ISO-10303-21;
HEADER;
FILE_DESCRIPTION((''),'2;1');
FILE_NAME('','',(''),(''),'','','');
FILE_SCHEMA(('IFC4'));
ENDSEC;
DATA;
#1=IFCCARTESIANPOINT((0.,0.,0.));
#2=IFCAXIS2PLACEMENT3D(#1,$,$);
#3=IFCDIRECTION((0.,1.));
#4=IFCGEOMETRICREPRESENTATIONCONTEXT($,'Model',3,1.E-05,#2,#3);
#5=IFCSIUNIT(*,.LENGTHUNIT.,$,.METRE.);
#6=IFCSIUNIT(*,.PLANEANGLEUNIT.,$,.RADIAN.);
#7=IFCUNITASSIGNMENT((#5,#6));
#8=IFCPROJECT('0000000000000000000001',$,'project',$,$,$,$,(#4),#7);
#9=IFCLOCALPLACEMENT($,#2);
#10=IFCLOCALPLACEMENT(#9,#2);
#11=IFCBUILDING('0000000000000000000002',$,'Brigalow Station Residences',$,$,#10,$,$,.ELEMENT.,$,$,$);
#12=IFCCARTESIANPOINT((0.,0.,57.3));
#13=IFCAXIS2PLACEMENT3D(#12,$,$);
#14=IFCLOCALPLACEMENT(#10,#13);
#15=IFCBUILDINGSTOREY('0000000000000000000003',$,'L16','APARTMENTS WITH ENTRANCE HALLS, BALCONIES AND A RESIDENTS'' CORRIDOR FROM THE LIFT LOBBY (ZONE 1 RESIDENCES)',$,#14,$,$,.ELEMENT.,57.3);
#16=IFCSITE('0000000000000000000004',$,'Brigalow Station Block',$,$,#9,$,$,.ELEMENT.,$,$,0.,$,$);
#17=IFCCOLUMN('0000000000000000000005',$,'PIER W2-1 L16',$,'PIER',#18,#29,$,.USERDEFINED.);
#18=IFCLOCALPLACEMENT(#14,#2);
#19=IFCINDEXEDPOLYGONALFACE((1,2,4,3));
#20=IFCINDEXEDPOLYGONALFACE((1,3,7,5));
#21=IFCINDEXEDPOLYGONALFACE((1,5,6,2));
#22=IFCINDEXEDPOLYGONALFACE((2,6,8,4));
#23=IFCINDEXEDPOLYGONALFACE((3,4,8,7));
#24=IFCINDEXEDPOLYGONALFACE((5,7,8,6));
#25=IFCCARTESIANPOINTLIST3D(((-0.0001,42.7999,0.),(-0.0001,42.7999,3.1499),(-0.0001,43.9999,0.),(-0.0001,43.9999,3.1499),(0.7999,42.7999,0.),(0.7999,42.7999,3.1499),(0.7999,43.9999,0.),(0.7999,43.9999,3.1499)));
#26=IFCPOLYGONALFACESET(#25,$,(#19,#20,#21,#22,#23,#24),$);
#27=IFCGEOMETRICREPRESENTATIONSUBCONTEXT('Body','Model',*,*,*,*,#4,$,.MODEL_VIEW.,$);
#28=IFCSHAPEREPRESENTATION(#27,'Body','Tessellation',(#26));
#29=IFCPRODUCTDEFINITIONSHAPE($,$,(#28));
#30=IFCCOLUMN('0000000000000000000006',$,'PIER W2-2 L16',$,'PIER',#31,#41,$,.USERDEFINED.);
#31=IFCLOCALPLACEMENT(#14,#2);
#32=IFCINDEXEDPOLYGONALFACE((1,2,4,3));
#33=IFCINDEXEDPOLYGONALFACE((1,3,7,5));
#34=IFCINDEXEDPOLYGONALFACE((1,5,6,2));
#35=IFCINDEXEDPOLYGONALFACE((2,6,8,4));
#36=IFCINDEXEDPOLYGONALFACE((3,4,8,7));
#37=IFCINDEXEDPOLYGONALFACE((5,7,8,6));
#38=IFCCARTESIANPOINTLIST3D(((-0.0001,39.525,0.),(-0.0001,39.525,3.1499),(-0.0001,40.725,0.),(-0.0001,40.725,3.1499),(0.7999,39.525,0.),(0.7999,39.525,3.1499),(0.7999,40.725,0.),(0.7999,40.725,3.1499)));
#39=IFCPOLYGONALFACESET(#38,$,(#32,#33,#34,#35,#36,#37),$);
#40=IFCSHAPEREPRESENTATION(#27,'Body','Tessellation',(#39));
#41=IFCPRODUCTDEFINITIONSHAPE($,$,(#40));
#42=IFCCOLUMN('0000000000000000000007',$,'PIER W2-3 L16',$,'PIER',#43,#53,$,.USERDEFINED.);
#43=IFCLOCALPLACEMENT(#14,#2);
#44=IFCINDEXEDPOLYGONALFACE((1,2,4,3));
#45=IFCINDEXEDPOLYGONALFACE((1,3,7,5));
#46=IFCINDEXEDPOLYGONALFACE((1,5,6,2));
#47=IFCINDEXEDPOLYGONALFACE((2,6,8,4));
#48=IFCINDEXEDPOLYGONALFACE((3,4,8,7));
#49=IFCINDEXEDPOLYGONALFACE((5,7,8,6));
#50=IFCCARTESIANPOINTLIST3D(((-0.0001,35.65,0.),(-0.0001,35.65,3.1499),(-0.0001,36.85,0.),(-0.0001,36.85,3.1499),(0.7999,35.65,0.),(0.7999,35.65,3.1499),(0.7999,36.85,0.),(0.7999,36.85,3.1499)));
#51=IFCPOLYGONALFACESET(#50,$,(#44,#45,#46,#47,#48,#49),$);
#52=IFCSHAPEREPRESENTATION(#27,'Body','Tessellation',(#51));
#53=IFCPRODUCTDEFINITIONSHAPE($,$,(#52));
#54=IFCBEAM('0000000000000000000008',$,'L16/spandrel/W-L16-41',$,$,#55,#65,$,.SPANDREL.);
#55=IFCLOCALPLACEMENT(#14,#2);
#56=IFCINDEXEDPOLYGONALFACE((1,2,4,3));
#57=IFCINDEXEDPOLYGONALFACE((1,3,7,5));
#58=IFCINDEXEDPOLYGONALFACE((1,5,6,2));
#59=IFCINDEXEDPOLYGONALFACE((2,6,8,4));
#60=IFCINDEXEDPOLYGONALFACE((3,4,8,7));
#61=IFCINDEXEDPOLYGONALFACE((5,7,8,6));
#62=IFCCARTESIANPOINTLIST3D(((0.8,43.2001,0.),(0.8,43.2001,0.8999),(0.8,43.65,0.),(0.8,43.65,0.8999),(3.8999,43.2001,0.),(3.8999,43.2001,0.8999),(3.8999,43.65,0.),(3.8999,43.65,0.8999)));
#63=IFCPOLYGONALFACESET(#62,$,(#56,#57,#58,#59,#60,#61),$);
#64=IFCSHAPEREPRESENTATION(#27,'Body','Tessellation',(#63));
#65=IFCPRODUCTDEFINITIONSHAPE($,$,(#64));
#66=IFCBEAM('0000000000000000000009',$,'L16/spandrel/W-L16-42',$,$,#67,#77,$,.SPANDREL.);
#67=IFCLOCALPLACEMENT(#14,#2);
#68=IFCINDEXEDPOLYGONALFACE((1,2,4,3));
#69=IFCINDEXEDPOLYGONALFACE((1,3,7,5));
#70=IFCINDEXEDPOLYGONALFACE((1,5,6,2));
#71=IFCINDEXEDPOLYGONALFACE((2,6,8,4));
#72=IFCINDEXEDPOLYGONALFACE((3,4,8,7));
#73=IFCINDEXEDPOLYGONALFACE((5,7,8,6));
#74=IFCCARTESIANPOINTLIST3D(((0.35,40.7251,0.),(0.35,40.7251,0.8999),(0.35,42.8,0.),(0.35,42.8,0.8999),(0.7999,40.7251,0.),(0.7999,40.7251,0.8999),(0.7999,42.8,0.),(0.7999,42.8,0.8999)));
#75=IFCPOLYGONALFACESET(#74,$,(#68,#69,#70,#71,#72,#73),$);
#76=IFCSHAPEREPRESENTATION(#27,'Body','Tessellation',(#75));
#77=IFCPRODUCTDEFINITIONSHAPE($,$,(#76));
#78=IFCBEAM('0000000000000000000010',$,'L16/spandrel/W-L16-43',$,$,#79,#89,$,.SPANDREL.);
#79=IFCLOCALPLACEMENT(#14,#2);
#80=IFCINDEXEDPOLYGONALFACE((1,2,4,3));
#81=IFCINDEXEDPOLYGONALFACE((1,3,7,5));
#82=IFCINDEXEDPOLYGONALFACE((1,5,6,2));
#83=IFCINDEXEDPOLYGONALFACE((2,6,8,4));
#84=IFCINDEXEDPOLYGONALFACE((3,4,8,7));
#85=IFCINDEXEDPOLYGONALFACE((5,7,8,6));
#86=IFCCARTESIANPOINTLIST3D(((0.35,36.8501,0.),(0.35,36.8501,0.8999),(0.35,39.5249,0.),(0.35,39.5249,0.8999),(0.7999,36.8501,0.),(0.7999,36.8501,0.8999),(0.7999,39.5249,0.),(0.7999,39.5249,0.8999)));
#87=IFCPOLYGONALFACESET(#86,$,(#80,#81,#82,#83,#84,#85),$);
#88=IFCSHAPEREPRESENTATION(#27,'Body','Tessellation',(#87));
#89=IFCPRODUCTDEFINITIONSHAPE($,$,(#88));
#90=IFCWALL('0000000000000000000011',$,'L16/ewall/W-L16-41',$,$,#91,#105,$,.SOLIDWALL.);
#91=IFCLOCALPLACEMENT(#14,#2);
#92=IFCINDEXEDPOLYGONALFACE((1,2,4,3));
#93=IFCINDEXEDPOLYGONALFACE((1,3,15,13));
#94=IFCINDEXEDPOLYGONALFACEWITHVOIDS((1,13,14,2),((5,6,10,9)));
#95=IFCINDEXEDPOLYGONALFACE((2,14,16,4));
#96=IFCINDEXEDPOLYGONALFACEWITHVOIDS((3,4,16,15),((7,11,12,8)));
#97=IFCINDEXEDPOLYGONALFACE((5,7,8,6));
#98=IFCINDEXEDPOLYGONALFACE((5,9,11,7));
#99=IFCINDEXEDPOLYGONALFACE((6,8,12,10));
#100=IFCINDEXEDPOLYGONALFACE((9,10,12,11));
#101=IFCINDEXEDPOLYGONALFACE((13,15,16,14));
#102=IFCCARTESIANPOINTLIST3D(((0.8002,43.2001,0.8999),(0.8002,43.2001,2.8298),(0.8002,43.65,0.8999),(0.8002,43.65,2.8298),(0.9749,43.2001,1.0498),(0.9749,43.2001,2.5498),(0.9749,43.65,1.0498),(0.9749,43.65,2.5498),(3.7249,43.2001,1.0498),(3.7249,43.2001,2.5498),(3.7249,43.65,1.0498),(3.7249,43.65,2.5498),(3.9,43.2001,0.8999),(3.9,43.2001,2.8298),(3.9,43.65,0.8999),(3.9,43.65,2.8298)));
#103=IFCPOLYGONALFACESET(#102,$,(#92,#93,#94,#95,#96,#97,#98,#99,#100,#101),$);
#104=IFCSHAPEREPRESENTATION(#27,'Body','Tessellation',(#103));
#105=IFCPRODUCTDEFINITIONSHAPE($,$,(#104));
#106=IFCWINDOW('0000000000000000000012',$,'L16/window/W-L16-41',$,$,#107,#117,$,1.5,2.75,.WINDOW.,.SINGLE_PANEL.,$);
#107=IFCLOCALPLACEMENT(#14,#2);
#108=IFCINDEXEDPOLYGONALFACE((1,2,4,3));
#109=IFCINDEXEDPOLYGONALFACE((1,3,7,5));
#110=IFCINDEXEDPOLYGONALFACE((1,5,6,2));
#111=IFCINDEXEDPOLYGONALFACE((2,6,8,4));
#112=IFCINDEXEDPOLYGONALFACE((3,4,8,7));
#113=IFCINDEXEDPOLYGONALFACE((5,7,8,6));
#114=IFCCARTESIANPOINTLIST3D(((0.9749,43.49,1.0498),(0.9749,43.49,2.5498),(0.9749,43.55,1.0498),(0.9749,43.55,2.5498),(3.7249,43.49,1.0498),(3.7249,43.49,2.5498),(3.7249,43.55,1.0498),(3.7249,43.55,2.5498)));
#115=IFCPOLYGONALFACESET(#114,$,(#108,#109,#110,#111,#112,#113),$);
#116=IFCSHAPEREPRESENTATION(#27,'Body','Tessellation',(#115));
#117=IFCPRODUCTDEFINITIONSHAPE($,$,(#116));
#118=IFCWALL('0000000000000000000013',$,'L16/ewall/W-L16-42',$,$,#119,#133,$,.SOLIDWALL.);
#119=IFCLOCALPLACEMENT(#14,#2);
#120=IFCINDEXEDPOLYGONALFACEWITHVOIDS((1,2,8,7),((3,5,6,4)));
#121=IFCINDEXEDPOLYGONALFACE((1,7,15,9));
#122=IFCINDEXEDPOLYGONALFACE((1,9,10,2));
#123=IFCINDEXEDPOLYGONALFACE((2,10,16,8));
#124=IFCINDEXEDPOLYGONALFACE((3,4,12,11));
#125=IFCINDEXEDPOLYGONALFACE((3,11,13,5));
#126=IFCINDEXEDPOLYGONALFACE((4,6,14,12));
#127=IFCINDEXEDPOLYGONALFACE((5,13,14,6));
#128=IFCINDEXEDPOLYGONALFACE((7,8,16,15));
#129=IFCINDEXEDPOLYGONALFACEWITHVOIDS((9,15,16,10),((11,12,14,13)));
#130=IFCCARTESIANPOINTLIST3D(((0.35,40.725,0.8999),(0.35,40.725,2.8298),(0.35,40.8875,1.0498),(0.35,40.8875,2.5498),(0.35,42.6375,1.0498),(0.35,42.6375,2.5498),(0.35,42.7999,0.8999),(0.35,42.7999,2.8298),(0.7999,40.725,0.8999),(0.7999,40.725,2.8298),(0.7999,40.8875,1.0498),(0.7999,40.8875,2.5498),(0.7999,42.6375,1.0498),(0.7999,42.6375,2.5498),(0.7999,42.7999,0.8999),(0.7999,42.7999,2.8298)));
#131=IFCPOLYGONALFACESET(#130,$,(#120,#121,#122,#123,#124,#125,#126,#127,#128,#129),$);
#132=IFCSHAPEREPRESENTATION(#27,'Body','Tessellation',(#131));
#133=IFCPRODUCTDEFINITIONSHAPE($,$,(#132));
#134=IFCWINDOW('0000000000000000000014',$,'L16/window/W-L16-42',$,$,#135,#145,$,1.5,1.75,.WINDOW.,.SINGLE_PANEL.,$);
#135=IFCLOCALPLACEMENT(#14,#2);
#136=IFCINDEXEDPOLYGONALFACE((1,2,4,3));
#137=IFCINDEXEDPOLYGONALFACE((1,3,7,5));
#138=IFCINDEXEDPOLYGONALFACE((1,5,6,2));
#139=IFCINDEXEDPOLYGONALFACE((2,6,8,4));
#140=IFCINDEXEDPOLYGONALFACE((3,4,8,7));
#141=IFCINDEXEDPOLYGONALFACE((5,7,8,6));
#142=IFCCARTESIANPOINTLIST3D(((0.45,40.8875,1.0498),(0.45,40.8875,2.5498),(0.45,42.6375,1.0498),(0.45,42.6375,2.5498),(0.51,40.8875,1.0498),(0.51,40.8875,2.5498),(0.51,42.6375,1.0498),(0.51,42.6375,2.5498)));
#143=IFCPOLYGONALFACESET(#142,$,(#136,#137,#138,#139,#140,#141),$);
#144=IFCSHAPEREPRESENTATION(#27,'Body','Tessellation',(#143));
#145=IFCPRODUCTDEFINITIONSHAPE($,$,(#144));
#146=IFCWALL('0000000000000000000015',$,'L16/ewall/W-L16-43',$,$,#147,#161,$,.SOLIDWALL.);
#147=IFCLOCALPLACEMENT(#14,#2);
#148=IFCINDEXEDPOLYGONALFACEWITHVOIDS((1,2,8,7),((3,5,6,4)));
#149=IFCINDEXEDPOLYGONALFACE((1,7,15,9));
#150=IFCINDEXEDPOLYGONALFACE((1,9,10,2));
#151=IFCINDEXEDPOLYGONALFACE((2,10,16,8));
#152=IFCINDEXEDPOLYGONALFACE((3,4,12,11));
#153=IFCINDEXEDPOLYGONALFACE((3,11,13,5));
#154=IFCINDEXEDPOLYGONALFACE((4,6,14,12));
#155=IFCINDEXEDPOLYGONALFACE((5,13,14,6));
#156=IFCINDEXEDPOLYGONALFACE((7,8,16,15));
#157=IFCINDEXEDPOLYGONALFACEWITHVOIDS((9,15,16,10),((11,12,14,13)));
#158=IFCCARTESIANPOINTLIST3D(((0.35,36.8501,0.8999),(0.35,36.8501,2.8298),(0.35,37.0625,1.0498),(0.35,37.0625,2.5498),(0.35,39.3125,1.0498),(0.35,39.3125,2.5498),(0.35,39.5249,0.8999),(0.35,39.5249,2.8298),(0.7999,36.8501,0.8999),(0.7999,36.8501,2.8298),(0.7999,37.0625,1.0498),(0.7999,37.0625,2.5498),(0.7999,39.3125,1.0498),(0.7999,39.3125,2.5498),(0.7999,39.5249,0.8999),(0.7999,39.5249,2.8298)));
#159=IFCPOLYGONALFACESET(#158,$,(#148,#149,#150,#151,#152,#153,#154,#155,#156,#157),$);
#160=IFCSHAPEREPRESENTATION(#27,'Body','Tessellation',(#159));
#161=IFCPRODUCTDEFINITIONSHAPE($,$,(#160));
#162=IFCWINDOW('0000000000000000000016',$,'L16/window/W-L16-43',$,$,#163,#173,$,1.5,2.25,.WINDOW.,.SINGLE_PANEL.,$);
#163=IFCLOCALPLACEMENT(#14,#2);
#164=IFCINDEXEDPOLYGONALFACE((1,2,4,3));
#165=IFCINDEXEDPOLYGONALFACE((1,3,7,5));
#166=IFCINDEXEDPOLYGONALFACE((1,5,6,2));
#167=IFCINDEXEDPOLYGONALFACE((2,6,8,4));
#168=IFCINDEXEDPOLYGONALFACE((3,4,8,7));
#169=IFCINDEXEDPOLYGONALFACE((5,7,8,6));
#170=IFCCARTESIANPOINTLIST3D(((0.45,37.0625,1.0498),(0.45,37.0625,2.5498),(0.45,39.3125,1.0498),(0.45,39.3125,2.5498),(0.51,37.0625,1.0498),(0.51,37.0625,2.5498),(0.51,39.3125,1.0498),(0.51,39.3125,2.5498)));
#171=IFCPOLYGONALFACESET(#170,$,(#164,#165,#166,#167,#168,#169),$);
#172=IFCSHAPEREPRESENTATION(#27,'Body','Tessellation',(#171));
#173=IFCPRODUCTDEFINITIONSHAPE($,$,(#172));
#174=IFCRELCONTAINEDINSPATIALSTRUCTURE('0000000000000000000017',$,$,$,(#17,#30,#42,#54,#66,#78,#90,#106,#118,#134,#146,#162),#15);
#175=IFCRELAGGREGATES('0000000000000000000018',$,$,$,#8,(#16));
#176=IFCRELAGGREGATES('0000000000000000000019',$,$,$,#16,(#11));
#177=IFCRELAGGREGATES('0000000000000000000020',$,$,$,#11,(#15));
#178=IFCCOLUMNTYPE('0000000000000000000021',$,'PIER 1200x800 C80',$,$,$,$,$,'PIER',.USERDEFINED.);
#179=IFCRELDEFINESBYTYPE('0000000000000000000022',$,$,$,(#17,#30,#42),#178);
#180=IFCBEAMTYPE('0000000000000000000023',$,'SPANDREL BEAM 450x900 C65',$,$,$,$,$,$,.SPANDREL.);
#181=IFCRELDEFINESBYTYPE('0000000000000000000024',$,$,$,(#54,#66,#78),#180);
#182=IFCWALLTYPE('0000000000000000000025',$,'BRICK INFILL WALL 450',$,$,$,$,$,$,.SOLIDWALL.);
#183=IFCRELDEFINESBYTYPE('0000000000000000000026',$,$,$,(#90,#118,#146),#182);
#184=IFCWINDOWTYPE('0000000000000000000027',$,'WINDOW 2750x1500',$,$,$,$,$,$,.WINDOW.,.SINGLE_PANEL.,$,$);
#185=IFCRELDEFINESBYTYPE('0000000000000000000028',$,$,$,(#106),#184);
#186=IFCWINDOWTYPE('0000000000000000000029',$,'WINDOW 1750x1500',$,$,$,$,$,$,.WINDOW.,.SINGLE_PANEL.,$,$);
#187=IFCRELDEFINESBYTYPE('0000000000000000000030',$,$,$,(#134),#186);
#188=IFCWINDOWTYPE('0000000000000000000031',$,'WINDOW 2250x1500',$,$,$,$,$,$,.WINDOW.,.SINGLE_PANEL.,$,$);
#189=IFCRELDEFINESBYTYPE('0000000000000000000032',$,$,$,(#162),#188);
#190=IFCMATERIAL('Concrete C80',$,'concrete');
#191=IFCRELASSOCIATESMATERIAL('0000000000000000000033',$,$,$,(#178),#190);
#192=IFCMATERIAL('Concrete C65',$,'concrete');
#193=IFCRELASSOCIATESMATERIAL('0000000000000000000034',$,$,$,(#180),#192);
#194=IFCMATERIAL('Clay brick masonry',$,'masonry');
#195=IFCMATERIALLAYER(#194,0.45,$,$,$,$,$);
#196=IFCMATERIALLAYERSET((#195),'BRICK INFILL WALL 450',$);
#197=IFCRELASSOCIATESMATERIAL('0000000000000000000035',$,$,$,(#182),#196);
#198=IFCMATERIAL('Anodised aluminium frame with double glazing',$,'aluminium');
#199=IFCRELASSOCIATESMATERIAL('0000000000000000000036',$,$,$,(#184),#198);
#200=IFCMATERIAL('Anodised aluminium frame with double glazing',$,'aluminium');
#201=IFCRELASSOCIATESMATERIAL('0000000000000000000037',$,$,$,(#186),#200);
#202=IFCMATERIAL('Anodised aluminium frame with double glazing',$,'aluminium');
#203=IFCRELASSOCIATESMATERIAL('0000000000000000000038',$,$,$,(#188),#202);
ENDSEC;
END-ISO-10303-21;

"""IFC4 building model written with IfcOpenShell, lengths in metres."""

from ifc_helpers import new_model, si_unit, direction, frame, frame_2d, origin, origin_2d, place, context, subcontext, project, spatial, rectangle, extrude, material, layer, layer_set, material_profile, profile_set, type_object, element, fill, save


model = new_model("IFC4")

# Units and contexts
model_context = context("Model", 3, precision=1e-05, world=origin(), true_north=direction((0.0, 1.0)))
body_context = subcontext(model_context, "Body", "Model", "MODEL_VIEW")
ifc_project = project(units=[si_unit("LENGTHUNIT", "METRE"), si_unit("PLANEANGLEUNIT", "RADIAN")], contexts=[model_context])

# Site, building, storey
site_placement = place(None, origin())
site = spatial("IfcSite", under=ifc_project, at=site_placement, Name="Brigalow Station Block", CompositionType="ELEMENT", RefElevation=0.0)
building_placement = place(site_placement, origin())
building = spatial("IfcBuilding", under=site, at=building_placement, Name="Brigalow Station Residences", CompositionType="ELEMENT")
storey_placement = place(building_placement, frame((0.0, 0.0, 57.3)))
storey = spatial("IfcBuildingStorey", under=building, at=storey_placement, Name="L16", Description="APARTMENTS WITH ENTRANCE HALLS, BALCONIES AND A RESIDENTS' CORRIDOR FROM THE LIFT LOBBY (ZONE 1 RESIDENCES)", CompositionType="ELEMENT", Elevation=57.3)

# Columns
ifc_material_1 = material(Name="Concrete C80", Category="concrete")
ifc_material_profile_1 = material_profile(ifc_material_1, rectangle(XDim=1.2, YDim=0.8, at=origin_2d()), Name="RC1200x800")
ifc_profile_set_1 = profile_set([ifc_material_profile_1], Name="Concrete C80")
column_type = type_object("IfcColumnType", Name="PIER 1200x800 C80", ElementType="PIER", PredefinedType="USERDEFINED", material=ifc_profile_set_1)
for number, where, z_axis, x_axis, name in (
    (1, (0.3999, 43.3999, 0.0), (0.0, 0.0, 1.0), (0.0, -1.0, 0.0), "PIER W2-1 L16"),
    (2, (0.3999, 40.125, 0.0), (0.0, 0.0, 1.0), (0.0, -1.0, 0.0), "PIER W2-2 L16"),
    (3, (0.3999, 36.25, 0.0), (0.0, 0.0, 1.0), (0.0, -1.0, 0.0), "PIER W2-3 L16"),
):
    element("IfcColumn", number, at=place(storey_placement, frame(where, z_axis=z_axis, x_axis=x_axis)), inside=storey, type_object=column_type, Name=name, ObjectType="PIER", PredefinedType="USERDEFINED", context=body_context, shape_type="SweptSolid", body=[
        extrude(rectangle(XDim=1.2, YDim=0.8, at=origin_2d()), origin(), (0.0, 0.0, 1.0), 3.1499),
    ])

# Beams
ifc_material_2 = material(Name="Concrete C65", Category="concrete")
ifc_material_profile_2 = material_profile(ifc_material_2, rectangle(XDim=0.45, YDim=0.8999, at=origin_2d()), Name="RC450x900")
ifc_profile_set_2 = profile_set([ifc_material_profile_2], Name="Concrete C65")
beam_type = type_object("IfcBeamType", Name="SPANDREL BEAM 450x900 C65", PredefinedType="SPANDREL", material=ifc_profile_set_2)
beam_1_placement = place(storey_placement, frame((3.8999, 43.425, 0.45), z_axis=(-1.0, 0.0, 0.0), x_axis=(0.0, -1.0, 0.0)))
element("IfcBeam", 4, at=beam_1_placement, inside=storey, type_object=beam_type, Name="L16/spandrel/W-L16-41", PredefinedType="SPANDREL", context=body_context, shape_type="SweptSolid", body=[
    extrude(rectangle(XDim=0.45, YDim=0.8999, at=origin_2d()), origin(), (0.0, 0.0, 1.0), 3.0999),
])
beam_2_placement = place(storey_placement, frame((0.575, 42.8, 0.45), z_axis=(0.0, -1.0, 0.0), x_axis=(1.0, 0.0, 0.0)))
element("IfcBeam", 5, at=beam_2_placement, inside=storey, type_object=beam_type, Name="L16/spandrel/W-L16-42", PredefinedType="SPANDREL", context=body_context, shape_type="SweptSolid", body=[
    extrude(rectangle(XDim=0.45, YDim=0.8999, at=origin_2d()), origin(), (0.0, 0.0, 1.0), 2.075),
])
beam_3_placement = place(storey_placement, frame((0.575, 39.5249, 0.45), z_axis=(0.0, -1.0, 0.0), x_axis=(1.0, 0.0, 0.0)))
element("IfcBeam", 6, at=beam_3_placement, inside=storey, type_object=beam_type, Name="L16/spandrel/W-L16-43", PredefinedType="SPANDREL", context=body_context, shape_type="SweptSolid", body=[
    extrude(rectangle(XDim=0.45, YDim=0.8999, at=origin_2d()), origin(), (0.0, 0.0, 1.0), 2.6748),
])

# Walls, openings, windows
ifc_material_3 = material(Name="Clay brick masonry", Category="masonry")
ifc_layer_1 = layer(ifc_material_3, 0.45)
ifc_layer_set_1 = layer_set([ifc_layer_1], Name="BRICK INFILL WALL 450")
wall_type_1 = type_object("IfcWallType", Name="BRICK INFILL WALL 450", PredefinedType="SOLIDWALL", material=ifc_layer_set_1)
wall_1_placement = place(storey_placement, frame((3.8999, 43.425, 0.8999), z_axis=(0.0, 0.0, 1.0), x_axis=(-1.0, 0.0, 0.0)))
wall_1 = element("IfcWall", 7, at=wall_1_placement, inside=storey, type_object=wall_type_1, Name="L16/ewall/W-L16-41", PredefinedType="SOLIDWALL", context=body_context, shape_type="SweptSolid", body=[
    extrude(rectangle(XDim=3.0999, YDim=0.45, at=frame_2d((1.5498, 0.0))), origin(), (0.0, 0.0, 1.0), 1.9299),
])
opening_1_placement = place(wall_1_placement, frame((0.175, 0.0, 0.1499)))
opening_1 = element("IfcOpeningElement", 8, at=opening_1_placement, cuts=wall_1, PredefinedType="OPENING", context=body_context, shape_type="SweptSolid", body=[
    extrude(rectangle(XDim=2.75, YDim=1.5, at=frame_2d((1.375, 0.75))), frame((0.0, 0.2349, 0.0), z_axis=(0.0, -1.0, 0.0), x_axis=(1.0, 0.0, 0.0)), (0.0, 0.0, 1.0), 0.47),
])
ifc_material_4 = material(Name="Anodised aluminium frame with double glazing", Category="aluminium")
window_type_1 = type_object("IfcWindowType", Name="WINDOW 2750x1500", PartitioningType="SINGLE_PANEL", PredefinedType="WINDOW", material=ifc_material_4)
window_1_placement = place(opening_1_placement, origin())
window_1 = element("IfcWindow", 9, at=window_1_placement, inside=storey, type_object=window_type_1, Name="L16/window/W-L16-41", OverallHeight=1.5, OverallWidth=2.75, PartitioningType="SINGLE_PANEL", PredefinedType="WINDOW", context=body_context, shape_type="SweptSolid", body=[
    extrude(rectangle(XDim=2.75, YDim=1.5, at=frame_2d((1.375, 0.75))), frame((0.0, -0.0649, 0.0), z_axis=(0.0, -1.0, 0.0), x_axis=(1.0, 0.0, 0.0)), (0.0, 0.0, 1.0), 0.0601),
])
fill(opening_1, window_1)
wall_2_placement = place(storey_placement, frame((0.575, 42.8, 0.8999), z_axis=(0.0, 0.0, 1.0), x_axis=(0.0, -1.0, 0.0)))
wall_2 = element("IfcWall", 10, at=wall_2_placement, inside=storey, type_object=wall_type_1, Name="L16/ewall/W-L16-42", PredefinedType="SOLIDWALL", context=body_context, shape_type="SweptSolid", body=[
    extrude(rectangle(XDim=2.075, YDim=0.45, at=frame_2d((1.0376, 0.0))), origin(), (0.0, 0.0, 1.0), 1.9299),
])
opening_2_placement = place(wall_2_placement, frame((0.1626, 0.0, 0.1499)))
opening_2 = element("IfcOpeningElement", 11, at=opening_2_placement, cuts=wall_2, PredefinedType="OPENING", context=body_context, shape_type="SweptSolid", body=[
    extrude(rectangle(XDim=1.75, YDim=1.5, at=frame_2d((0.875, 0.75))), frame((0.0, 0.2349, 0.0), z_axis=(0.0, -1.0, 0.0), x_axis=(1.0, 0.0, 0.0)), (0.0, 0.0, 1.0), 0.47),
])
ifc_material_5 = material(Name="Anodised aluminium frame with double glazing", Category="aluminium")
window_type_2 = type_object("IfcWindowType", Name="WINDOW 1750x1500", PartitioningType="SINGLE_PANEL", PredefinedType="WINDOW", material=ifc_material_5)
window_2_placement = place(opening_2_placement, origin())
window_2 = element("IfcWindow", 12, at=window_2_placement, inside=storey, type_object=window_type_2, Name="L16/window/W-L16-42", OverallHeight=1.5, OverallWidth=1.75, PartitioningType="SINGLE_PANEL", PredefinedType="WINDOW", context=body_context, shape_type="SweptSolid", body=[
    extrude(rectangle(XDim=1.75, YDim=1.5, at=frame_2d((0.875, 0.75))), frame((0.0, -0.0649, 0.0), z_axis=(0.0, -1.0, 0.0), x_axis=(1.0, 0.0, 0.0)), (0.0, 0.0, 1.0), 0.0601),
])
fill(opening_2, window_2)
wall_3_placement = place(storey_placement, frame((0.575, 39.5249, 0.8999), z_axis=(0.0, 0.0, 1.0), x_axis=(0.0, -1.0, 0.0)))
wall_3 = element("IfcWall", 13, at=wall_3_placement, inside=storey, type_object=wall_type_1, Name="L16/ewall/W-L16-43", PredefinedType="SOLIDWALL", context=body_context, shape_type="SweptSolid", body=[
    extrude(rectangle(XDim=2.6748, YDim=0.45, at=frame_2d((1.3374, 0.0))), origin(), (0.0, 0.0, 1.0), 1.9299),
])
opening_3_placement = place(wall_3_placement, frame((0.2124, 0.0, 0.1499)))
opening_3 = element("IfcOpeningElement", 14, at=opening_3_placement, cuts=wall_3, PredefinedType="OPENING", context=body_context, shape_type="SweptSolid", body=[
    extrude(rectangle(XDim=2.25, YDim=1.5, at=frame_2d((1.125, 0.75))), frame((0.0, 0.2349, 0.0), z_axis=(0.0, -1.0, 0.0), x_axis=(1.0, 0.0, 0.0)), (0.0, 0.0, 1.0), 0.47),
])
ifc_material_6 = material(Name="Anodised aluminium frame with double glazing", Category="aluminium")
window_type_3 = type_object("IfcWindowType", Name="WINDOW 2250x1500", PartitioningType="SINGLE_PANEL", PredefinedType="WINDOW", material=ifc_material_6)
window_3_placement = place(opening_3_placement, origin())
window_3 = element("IfcWindow", 15, at=window_3_placement, inside=storey, type_object=window_type_3, Name="L16/window/W-L16-43", OverallHeight=1.5, OverallWidth=2.25, PartitioningType="SINGLE_PANEL", PredefinedType="WINDOW", context=body_context, shape_type="SweptSolid", body=[
    extrude(rectangle(XDim=2.25, YDim=1.5, at=frame_2d((1.125, 0.75))), frame((0.0, -0.0649, 0.0), z_axis=(0.0, -1.0, 0.0), x_axis=(1.0, 0.0, 0.0)), (0.0, 0.0, 1.0), 0.0601),
])
fill(opening_3, window_3)

save(model, "model.ifc")
